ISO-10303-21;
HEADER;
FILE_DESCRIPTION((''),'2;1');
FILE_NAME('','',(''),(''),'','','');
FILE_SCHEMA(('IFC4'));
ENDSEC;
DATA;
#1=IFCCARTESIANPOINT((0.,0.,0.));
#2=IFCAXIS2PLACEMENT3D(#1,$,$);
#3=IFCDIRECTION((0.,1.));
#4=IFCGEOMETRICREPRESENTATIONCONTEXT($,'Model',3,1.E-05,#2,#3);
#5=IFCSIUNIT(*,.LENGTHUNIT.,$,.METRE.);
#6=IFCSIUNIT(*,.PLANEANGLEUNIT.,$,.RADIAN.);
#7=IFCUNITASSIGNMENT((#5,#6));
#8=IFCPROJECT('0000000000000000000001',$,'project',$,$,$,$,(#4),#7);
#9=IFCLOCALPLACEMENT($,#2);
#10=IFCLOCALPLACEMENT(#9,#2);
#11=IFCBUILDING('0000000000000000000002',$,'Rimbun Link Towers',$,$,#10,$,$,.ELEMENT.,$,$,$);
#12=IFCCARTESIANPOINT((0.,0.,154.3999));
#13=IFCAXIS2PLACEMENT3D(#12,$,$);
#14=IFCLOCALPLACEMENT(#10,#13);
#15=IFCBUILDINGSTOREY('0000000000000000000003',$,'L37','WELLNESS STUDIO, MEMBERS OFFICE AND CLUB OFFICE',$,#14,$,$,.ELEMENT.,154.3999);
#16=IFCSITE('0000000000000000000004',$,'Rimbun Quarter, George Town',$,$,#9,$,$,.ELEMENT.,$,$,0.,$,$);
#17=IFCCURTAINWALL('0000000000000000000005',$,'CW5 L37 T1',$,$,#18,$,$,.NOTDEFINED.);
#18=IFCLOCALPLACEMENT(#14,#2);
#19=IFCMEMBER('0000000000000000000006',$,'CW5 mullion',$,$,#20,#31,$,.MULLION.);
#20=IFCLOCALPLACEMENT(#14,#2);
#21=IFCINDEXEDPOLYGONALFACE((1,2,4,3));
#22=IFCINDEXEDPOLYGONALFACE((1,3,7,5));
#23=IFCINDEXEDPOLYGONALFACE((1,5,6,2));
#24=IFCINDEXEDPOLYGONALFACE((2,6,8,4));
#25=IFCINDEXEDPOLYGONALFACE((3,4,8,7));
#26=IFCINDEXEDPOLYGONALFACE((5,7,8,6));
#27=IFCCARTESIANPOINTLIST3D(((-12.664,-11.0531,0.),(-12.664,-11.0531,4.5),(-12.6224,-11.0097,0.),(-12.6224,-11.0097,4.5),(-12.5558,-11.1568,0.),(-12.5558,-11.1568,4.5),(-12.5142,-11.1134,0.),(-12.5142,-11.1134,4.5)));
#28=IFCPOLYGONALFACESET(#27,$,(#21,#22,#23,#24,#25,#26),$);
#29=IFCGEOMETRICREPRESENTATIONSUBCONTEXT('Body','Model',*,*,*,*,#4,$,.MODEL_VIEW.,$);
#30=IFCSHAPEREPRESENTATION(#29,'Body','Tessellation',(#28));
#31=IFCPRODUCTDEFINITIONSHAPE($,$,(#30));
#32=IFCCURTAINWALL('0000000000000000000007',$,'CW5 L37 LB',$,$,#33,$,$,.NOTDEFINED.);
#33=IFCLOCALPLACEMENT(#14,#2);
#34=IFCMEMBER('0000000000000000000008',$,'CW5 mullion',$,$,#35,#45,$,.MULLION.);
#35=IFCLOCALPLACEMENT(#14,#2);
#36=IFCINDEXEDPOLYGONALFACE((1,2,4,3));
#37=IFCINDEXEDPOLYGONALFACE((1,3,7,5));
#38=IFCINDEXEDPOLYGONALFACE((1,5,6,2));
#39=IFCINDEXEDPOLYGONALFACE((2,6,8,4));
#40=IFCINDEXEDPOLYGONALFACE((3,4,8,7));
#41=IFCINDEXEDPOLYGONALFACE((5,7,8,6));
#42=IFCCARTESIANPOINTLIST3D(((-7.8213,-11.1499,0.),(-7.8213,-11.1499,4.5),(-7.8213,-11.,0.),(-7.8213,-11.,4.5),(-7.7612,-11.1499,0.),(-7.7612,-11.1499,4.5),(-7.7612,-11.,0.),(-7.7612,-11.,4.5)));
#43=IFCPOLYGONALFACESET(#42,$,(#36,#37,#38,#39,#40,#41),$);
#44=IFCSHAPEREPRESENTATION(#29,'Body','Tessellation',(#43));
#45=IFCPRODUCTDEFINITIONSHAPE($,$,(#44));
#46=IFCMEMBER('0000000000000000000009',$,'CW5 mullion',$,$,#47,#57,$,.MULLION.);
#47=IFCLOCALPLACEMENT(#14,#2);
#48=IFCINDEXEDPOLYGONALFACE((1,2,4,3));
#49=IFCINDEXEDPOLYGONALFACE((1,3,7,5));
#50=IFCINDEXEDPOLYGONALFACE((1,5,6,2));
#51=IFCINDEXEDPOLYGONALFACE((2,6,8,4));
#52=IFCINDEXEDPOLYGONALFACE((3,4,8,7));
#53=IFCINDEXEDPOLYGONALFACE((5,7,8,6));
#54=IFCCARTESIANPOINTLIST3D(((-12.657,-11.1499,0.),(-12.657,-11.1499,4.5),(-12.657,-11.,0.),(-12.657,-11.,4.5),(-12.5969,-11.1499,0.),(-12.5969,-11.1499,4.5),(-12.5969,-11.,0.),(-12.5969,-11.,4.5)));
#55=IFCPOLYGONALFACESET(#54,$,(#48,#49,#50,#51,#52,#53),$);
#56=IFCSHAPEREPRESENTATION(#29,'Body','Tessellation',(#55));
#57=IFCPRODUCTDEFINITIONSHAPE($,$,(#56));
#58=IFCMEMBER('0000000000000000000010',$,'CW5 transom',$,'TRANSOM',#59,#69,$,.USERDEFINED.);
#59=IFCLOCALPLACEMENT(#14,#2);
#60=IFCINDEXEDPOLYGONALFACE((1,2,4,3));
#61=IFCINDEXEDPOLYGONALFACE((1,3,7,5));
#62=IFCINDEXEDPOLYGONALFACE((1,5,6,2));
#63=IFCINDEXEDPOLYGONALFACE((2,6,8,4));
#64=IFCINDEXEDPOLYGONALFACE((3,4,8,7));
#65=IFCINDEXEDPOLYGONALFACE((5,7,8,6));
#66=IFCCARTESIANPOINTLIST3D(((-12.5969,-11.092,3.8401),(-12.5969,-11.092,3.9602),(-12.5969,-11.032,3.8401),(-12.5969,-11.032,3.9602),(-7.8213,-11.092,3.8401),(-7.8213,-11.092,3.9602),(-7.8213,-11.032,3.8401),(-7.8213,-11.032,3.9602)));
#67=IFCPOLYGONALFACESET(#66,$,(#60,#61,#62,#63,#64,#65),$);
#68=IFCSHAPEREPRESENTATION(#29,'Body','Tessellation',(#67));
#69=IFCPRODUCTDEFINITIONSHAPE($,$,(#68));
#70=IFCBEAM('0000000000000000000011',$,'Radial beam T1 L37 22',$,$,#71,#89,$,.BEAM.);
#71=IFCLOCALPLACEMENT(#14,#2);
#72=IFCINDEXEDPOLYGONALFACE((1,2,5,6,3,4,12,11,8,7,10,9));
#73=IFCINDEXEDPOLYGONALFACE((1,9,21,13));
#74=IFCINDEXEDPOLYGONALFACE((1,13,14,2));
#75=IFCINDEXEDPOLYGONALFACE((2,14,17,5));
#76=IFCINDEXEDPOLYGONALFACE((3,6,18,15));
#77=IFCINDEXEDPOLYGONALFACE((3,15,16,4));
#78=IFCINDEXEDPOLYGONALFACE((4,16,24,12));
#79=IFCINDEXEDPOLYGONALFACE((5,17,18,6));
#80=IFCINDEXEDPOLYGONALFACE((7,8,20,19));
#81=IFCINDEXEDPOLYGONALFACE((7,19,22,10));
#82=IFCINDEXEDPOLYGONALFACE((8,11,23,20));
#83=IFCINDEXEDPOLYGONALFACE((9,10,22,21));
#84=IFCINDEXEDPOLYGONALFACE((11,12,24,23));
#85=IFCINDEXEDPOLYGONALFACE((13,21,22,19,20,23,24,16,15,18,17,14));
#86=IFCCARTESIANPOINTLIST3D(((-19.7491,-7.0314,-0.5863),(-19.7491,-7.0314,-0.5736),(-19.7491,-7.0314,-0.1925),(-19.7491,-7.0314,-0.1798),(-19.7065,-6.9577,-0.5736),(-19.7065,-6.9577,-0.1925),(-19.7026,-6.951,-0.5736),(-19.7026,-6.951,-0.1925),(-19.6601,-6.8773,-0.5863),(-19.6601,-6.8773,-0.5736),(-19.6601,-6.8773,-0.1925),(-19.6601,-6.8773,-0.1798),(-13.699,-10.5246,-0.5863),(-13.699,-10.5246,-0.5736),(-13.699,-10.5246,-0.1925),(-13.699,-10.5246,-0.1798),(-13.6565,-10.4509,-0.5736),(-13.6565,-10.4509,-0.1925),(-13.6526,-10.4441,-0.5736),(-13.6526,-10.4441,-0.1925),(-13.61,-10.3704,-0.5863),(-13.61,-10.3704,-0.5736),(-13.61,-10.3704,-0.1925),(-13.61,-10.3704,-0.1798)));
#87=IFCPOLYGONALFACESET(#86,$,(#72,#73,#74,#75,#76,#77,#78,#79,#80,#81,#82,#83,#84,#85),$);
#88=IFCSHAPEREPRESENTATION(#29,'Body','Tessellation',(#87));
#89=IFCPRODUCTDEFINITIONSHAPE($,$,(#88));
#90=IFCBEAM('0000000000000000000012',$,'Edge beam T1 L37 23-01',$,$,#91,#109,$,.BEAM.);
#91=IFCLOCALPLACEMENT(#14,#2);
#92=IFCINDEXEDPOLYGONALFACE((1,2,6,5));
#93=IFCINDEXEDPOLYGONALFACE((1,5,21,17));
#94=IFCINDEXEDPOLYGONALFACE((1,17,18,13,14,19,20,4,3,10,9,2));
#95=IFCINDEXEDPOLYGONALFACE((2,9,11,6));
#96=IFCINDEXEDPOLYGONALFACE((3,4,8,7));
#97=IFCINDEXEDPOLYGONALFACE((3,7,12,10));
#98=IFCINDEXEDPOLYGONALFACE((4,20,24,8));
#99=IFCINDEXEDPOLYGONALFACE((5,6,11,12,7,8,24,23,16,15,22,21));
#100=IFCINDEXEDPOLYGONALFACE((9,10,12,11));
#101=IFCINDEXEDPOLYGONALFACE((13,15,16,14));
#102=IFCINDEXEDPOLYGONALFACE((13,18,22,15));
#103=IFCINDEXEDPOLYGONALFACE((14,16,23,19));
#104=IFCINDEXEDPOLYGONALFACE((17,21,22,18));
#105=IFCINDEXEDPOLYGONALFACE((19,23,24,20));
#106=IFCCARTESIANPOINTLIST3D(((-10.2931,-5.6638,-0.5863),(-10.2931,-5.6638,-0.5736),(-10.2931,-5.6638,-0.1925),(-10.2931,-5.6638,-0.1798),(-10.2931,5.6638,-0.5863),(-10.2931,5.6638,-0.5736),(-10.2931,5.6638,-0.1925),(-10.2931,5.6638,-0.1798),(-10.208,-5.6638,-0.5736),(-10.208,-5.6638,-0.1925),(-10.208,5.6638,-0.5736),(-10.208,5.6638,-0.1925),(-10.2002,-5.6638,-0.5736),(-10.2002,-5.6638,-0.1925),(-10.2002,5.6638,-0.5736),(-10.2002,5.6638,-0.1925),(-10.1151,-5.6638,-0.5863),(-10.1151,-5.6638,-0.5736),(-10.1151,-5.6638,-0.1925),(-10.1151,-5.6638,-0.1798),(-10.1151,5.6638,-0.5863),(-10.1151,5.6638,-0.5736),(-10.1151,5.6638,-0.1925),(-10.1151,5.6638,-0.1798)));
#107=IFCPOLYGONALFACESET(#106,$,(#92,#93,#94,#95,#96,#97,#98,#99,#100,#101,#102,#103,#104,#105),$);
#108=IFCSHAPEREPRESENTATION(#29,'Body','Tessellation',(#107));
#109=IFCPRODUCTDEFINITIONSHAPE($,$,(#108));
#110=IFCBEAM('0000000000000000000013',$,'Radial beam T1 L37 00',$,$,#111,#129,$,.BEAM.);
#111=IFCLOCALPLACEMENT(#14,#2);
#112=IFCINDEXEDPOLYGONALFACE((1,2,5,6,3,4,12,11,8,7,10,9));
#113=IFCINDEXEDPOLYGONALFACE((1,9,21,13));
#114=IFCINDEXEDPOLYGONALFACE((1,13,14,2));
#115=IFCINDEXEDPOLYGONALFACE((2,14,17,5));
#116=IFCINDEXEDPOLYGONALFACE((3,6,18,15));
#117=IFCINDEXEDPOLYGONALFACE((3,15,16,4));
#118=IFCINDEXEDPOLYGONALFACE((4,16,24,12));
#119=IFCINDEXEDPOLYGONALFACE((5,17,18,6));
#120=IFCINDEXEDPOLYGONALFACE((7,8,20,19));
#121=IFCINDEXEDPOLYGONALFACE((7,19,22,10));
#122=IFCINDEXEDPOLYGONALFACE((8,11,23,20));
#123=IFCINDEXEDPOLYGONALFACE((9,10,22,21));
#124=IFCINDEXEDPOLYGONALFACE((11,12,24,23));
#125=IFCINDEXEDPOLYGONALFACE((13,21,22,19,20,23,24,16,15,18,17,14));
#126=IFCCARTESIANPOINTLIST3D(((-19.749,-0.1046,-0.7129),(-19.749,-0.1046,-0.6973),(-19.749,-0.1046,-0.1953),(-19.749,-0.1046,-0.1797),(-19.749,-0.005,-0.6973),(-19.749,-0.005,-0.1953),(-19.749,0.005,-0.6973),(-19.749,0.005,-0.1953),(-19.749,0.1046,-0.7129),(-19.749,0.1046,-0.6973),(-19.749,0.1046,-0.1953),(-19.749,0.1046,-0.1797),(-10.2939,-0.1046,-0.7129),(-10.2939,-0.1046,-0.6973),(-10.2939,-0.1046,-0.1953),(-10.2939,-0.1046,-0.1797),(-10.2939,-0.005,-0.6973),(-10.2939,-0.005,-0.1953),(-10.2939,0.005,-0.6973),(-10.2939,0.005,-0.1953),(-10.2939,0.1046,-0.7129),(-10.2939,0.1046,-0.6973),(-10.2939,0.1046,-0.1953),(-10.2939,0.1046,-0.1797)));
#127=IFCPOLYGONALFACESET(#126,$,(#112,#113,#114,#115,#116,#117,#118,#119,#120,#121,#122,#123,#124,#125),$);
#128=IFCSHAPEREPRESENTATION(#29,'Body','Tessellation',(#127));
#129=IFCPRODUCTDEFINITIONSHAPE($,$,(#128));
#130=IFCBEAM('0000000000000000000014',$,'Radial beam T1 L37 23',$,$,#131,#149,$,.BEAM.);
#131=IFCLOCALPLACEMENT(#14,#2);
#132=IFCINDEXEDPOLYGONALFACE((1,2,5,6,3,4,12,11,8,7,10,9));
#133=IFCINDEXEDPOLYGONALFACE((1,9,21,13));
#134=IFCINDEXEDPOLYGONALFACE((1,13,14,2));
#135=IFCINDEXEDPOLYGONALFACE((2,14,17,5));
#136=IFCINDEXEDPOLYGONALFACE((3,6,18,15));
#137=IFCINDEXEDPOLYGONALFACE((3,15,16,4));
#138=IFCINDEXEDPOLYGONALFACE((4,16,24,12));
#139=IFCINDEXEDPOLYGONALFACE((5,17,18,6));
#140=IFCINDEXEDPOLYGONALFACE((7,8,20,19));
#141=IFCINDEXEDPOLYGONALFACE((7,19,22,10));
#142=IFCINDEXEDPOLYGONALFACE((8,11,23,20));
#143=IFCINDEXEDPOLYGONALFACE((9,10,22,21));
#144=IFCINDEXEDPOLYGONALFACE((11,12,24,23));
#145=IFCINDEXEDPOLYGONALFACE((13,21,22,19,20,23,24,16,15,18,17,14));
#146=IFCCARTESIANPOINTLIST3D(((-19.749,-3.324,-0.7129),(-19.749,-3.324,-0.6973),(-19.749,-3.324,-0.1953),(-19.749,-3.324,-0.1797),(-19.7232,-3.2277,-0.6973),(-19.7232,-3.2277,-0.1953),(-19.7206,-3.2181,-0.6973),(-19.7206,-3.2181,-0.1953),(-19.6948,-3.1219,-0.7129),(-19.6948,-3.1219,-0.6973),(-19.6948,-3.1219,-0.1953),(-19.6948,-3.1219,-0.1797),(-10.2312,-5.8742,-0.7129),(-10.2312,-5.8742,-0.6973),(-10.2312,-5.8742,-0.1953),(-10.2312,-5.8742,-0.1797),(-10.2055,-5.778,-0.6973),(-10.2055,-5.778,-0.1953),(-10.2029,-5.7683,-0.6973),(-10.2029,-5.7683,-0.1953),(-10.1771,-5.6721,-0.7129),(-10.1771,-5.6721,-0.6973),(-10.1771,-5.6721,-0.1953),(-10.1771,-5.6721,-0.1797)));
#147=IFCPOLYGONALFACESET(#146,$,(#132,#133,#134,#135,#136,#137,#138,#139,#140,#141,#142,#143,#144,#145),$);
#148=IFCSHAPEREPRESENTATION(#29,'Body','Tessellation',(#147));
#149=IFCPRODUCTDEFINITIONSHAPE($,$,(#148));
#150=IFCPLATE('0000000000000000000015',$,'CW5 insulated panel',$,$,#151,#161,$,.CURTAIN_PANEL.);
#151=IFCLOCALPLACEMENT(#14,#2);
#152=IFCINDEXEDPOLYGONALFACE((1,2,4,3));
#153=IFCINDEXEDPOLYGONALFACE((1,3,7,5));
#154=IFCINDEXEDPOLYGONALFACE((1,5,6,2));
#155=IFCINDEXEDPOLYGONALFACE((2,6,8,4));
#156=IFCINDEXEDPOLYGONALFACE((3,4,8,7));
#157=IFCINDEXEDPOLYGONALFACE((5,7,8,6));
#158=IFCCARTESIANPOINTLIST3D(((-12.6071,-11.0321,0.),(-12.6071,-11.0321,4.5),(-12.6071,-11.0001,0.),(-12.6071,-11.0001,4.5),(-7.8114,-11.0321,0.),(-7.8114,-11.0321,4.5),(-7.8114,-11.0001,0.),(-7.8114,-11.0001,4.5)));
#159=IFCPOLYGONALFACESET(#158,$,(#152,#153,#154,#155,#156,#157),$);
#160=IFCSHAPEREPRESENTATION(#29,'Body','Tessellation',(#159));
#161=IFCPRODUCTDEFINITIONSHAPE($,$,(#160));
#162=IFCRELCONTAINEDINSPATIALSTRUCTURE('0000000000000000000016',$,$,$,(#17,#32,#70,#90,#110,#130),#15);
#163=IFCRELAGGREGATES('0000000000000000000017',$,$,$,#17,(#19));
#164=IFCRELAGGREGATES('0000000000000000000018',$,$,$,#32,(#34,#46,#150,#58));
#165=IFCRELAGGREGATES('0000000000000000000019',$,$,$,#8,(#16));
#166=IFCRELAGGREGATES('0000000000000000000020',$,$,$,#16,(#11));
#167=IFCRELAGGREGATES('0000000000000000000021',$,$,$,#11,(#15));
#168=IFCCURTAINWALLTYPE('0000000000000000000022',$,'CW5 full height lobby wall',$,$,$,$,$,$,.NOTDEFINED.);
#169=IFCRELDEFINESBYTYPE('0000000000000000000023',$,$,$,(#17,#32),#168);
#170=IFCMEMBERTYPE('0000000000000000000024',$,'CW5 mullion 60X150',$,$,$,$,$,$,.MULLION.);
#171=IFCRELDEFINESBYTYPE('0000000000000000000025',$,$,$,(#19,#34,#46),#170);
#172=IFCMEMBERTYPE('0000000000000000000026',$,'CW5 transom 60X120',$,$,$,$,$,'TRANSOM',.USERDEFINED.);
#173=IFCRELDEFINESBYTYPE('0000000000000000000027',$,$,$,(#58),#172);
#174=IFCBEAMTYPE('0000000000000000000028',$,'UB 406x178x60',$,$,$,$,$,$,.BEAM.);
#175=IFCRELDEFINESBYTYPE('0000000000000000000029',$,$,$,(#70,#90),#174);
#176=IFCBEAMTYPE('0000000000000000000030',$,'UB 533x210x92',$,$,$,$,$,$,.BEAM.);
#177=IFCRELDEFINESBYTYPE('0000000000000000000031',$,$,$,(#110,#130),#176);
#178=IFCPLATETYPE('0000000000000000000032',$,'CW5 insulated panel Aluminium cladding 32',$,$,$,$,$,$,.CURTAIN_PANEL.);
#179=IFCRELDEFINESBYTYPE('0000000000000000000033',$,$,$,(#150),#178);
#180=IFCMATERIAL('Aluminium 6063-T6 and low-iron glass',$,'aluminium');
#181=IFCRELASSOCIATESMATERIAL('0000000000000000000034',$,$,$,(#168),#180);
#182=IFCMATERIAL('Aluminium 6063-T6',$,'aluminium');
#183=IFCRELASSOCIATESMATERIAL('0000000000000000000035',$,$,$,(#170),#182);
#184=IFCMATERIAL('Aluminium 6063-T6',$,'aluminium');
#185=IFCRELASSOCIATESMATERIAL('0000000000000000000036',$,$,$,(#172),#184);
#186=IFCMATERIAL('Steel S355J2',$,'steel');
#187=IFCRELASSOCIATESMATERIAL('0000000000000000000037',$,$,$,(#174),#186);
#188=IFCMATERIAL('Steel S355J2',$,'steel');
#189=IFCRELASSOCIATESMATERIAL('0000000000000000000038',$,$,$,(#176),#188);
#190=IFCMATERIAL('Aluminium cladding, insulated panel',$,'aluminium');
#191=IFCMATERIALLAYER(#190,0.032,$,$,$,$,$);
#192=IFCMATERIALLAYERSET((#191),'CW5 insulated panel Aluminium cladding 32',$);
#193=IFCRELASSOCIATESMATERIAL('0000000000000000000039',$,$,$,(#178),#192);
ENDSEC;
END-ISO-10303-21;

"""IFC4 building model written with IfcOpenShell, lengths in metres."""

from ifc_helpers import new_model, si_unit, direction, frame, origin, origin_2d, place, context, subcontext, project, spatial, rectangle, i_section, extrude, material, layer, layer_set, material_profile, profile_set, type_object, element, aggregate, save


model = new_model("IFC4")

# Units and contexts
model_context = context("Model", 3, precision=1e-05, world=origin(), true_north=direction((0.0, 1.0)))
body_context = subcontext(model_context, "Body", "Model", "MODEL_VIEW")
ifc_project = project(units=[si_unit("LENGTHUNIT", "METRE"), si_unit("PLANEANGLEUNIT", "RADIAN")], contexts=[model_context])

# Site, building, storey
site_placement = place(None, origin())
site = spatial("IfcSite", under=ifc_project, at=site_placement, Name="Rimbun Quarter, George Town", CompositionType="ELEMENT", RefElevation=0.0)
building_placement = place(site_placement, origin())
building = spatial("IfcBuilding", under=site, at=building_placement, Name="Rimbun Link Towers", CompositionType="ELEMENT")
storey_placement = place(building_placement, frame((0.0, 0.0, 154.3999)))
storey = spatial("IfcBuildingStorey", under=building, at=storey_placement, Name="L37", Description="WELLNESS STUDIO, MEMBERS OFFICE AND CLUB OFFICE", CompositionType="ELEMENT", Elevation=154.3999)

# Curtain wall, member
ifc_material_1 = material(Name="Aluminium 6063-T6 and low-iron glass", Category="aluminium")
curtain_wall_type = type_object("IfcCurtainWallType", Name="CW5 full height lobby wall", PredefinedType="NOTDEFINED", material=ifc_material_1)
curtain_wall_1_placement = place(storey_placement, origin())
curtain_wall_1 = element("IfcCurtainWall", 1, at=curtain_wall_1_placement, inside=storey, type_object=curtain_wall_type, Name="CW5 L37 T1", PredefinedType="NOTDEFINED")
ifc_material_2 = material(Name="Aluminium 6063-T6", Category="aluminium")
ifc_material_profile_1 = material_profile(ifc_material_2, rectangle(XDim=0.1499, YDim=0.0601, at=origin_2d()), Name="MULLION 60X150")
ifc_profile_set_1 = profile_set([ifc_material_profile_1], Name="Aluminium 6063-T6")
member_type_1 = type_object("IfcMemberType", Name="CW5 mullion 60X150", PredefinedType="MULLION", material=ifc_profile_set_1)
member_1_placement = place(storey_placement, frame((-12.5891, -11.0833, 0.0), z_axis=(0.0, 0.0, 1.0), x_axis=(0.721858, -0.692041, 0.0)))
member_1 = element("IfcMember", 2, at=member_1_placement, type_object=member_type_1, Name="CW5 mullion", PredefinedType="MULLION", context=body_context, shape_type="SweptSolid", body=[
    extrude(rectangle(XDim=0.1499, YDim=0.0601, at=origin_2d()), origin(), (0.0, 0.0, 1.0), 4.5),
])
aggregate(curtain_wall_1, [member_1])

# Curtain wall, members
curtain_wall_2_placement = place(storey_placement, origin())
curtain_wall_2 = element("IfcCurtainWall", 3, at=curtain_wall_2_placement, inside=storey, type_object=curtain_wall_type, Name="CW5 L37 LB", PredefinedType="NOTDEFINED")
member_2_placement = place(storey_placement, frame((-7.7913, -11.075, 0.0), z_axis=(0.0, 0.0, 1.0), x_axis=(0.0, -1.0, 0.0)))
member_2 = element("IfcMember", 4, at=member_2_placement, type_object=member_type_1, Name="CW5 mullion", PredefinedType="MULLION", context=body_context, shape_type="SweptSolid", body=[
    extrude(rectangle(XDim=0.1499, YDim=0.0601, at=origin_2d()), origin(), (0.0, 0.0, 1.0), 4.5),
])
member_3_placement = place(storey_placement, frame((-12.627, -11.075, 0.0), z_axis=(0.0, 0.0, 1.0), x_axis=(0.0, -1.0, 0.0)))
member_3 = element("IfcMember", 5, at=member_3_placement, type_object=member_type_1, Name="CW5 mullion", PredefinedType="MULLION", context=body_context, shape_type="SweptSolid", body=[
    extrude(rectangle(XDim=0.1499, YDim=0.0601, at=origin_2d()), origin(), (0.0, 0.0, 1.0), 4.5),
])
ifc_material_3 = material(Name="Aluminium 6063-T6", Category="aluminium")
ifc_material_profile_2 = material_profile(ifc_material_3, rectangle(XDim=0.0601, YDim=0.1201, at=origin_2d()), Name="TRANSOM 60X120")
ifc_profile_set_2 = profile_set([ifc_material_profile_2], Name="Aluminium 6063-T6")
member_type_2 = type_object("IfcMemberType", Name="CW5 transom 60X120", ElementType="TRANSOM", PredefinedType="USERDEFINED", material=ifc_profile_set_2)
member_4_placement = place(storey_placement, frame((-7.8213, -11.062, 3.9001), z_axis=(-1.0, 0.0, 0.0), x_axis=(0.0, -1.0, 0.0)))
member_4 = element("IfcMember", 6, at=member_4_placement, type_object=member_type_2, Name="CW5 transom", ObjectType="TRANSOM", PredefinedType="USERDEFINED", context=body_context, shape_type="SweptSolid", body=[
    extrude(rectangle(XDim=0.0601, YDim=0.1201, at=origin_2d()), origin(), (0.0, 0.0, 1.0), 4.7756),
])

# Beams
ifc_material_4 = material(Name="Steel S355J2", Category="steel")
ifc_material_profile_3 = material_profile(ifc_material_4, i_section(OverallWidth=0.178, OverallDepth=0.4065, WebThickness=0.0078, FlangeThickness=0.0127, at=origin_2d()), Name="UB 406x178x60")
ifc_profile_set_3 = profile_set([ifc_material_profile_3], Name="Steel S355J2")
beam_type_1 = type_object("IfcBeamType", Name="UB 406x178x60", PredefinedType="BEAM", material=ifc_profile_set_3)
beam_1_placement = place(storey_placement, frame((-19.7046, -6.9543, -0.3831), z_axis=(0.866015, -0.500018, 0.0), x_axis=(0.500018, 0.866015, 0.0)))
element("IfcBeam", 7, at=beam_1_placement, inside=storey, type_object=beam_type_1, Name="Radial beam T1 L37 22", PredefinedType="BEAM", context=body_context, shape_type="SweptSolid", body=[
    extrude(i_section(OverallWidth=0.178, OverallDepth=0.4065, WebThickness=0.0078, FlangeThickness=0.0127, at=origin_2d()), origin(), (0.0, 0.0, 1.0), 6.9861),
])
beam_2_placement = place(storey_placement, frame((-10.2041, -5.6638, -0.3831), z_axis=(0.0, 1.0, 0.0), x_axis=(-1.0, 0.0, 0.0)))
element("IfcBeam", 8, at=beam_2_placement, inside=storey, type_object=beam_type_1, Name="Edge beam T1 L37 23-01", PredefinedType="BEAM", context=body_context, shape_type="SweptSolid", body=[
    extrude(i_section(OverallWidth=0.178, OverallDepth=0.4065, WebThickness=0.0078, FlangeThickness=0.0127, at=origin_2d()), origin(), (0.0, 0.0, 1.0), 11.3276),
])
ifc_material_5 = material(Name="Steel S355J2", Category="steel")
ifc_material_profile_4 = material_profile(ifc_material_5, i_section(OverallWidth=0.2092, OverallDepth=0.5332, WebThickness=0.01, FlangeThickness=0.0156, at=origin_2d()), Name="UB 533x210x92")
ifc_profile_set_4 = profile_set([ifc_material_profile_4], Name="Steel S355J2")
beam_type_2 = type_object("IfcBeamType", Name="UB 533x210x92", PredefinedType="BEAM", material=ifc_profile_set_4)
beam_3_placement = place(storey_placement, frame((-19.749, 0.0, -0.4463), z_axis=(1.0, 0.0, 0.0), x_axis=(0.0, 1.0, 0.0)))
element("IfcBeam", 9, at=beam_3_placement, inside=storey, type_object=beam_type_2, Name="Radial beam T1 L37 00", PredefinedType="BEAM", context=body_context, shape_type="SweptSolid", body=[
    extrude(i_section(OverallWidth=0.2092, OverallDepth=0.5332, WebThickness=0.01, FlangeThickness=0.0156, at=origin_2d()), origin(), (0.0, 0.0, 1.0), 9.4551),
])
beam_4_placement = place(storey_placement, frame((-19.7219, -3.2229, -0.4463), z_axis=(0.965926, -0.258819, 0.0), x_axis=(0.258819, 0.965926, 0.0)))
element("IfcBeam", 10, at=beam_4_placement, inside=storey, type_object=beam_type_2, Name="Radial beam T1 L37 23", PredefinedType="BEAM", context=body_context, shape_type="SweptSolid", body=[
    extrude(i_section(OverallWidth=0.2092, OverallDepth=0.5332, WebThickness=0.01, FlangeThickness=0.0156, at=origin_2d()), origin(), (0.0, 0.0, 1.0), 9.8535),
])

# Plate
ifc_material_6 = material(Name="Aluminium cladding, insulated panel", Category="aluminium")
ifc_layer_1 = layer(ifc_material_6, 0.032)
ifc_layer_set_1 = layer_set([ifc_layer_1], Name="CW5 insulated panel Aluminium cladding 32")
plate_type = type_object("IfcPlateType", Name="CW5 insulated panel Aluminium cladding 32", PredefinedType="CURTAIN_PANEL", material=ifc_layer_set_1)
plate_placement = place(storey_placement, frame((-10.2092, -11.0161, 0.0), z_axis=(0.0, 0.0, 1.0), x_axis=(-1.0, 0.0, 0.0)))
plate = element("IfcPlate", 11, at=plate_placement, type_object=plate_type, Name="CW5 insulated panel", PredefinedType="CURTAIN_PANEL", context=body_context, shape_type="SweptSolid", body=[
    extrude(rectangle(XDim=4.7957, YDim=0.032, at=origin_2d()), origin(), (0.0, 0.0, 1.0), 4.5),
])
aggregate(curtain_wall_2, [member_2, member_3, plate, member_4])

save(model, "model.ifc")
